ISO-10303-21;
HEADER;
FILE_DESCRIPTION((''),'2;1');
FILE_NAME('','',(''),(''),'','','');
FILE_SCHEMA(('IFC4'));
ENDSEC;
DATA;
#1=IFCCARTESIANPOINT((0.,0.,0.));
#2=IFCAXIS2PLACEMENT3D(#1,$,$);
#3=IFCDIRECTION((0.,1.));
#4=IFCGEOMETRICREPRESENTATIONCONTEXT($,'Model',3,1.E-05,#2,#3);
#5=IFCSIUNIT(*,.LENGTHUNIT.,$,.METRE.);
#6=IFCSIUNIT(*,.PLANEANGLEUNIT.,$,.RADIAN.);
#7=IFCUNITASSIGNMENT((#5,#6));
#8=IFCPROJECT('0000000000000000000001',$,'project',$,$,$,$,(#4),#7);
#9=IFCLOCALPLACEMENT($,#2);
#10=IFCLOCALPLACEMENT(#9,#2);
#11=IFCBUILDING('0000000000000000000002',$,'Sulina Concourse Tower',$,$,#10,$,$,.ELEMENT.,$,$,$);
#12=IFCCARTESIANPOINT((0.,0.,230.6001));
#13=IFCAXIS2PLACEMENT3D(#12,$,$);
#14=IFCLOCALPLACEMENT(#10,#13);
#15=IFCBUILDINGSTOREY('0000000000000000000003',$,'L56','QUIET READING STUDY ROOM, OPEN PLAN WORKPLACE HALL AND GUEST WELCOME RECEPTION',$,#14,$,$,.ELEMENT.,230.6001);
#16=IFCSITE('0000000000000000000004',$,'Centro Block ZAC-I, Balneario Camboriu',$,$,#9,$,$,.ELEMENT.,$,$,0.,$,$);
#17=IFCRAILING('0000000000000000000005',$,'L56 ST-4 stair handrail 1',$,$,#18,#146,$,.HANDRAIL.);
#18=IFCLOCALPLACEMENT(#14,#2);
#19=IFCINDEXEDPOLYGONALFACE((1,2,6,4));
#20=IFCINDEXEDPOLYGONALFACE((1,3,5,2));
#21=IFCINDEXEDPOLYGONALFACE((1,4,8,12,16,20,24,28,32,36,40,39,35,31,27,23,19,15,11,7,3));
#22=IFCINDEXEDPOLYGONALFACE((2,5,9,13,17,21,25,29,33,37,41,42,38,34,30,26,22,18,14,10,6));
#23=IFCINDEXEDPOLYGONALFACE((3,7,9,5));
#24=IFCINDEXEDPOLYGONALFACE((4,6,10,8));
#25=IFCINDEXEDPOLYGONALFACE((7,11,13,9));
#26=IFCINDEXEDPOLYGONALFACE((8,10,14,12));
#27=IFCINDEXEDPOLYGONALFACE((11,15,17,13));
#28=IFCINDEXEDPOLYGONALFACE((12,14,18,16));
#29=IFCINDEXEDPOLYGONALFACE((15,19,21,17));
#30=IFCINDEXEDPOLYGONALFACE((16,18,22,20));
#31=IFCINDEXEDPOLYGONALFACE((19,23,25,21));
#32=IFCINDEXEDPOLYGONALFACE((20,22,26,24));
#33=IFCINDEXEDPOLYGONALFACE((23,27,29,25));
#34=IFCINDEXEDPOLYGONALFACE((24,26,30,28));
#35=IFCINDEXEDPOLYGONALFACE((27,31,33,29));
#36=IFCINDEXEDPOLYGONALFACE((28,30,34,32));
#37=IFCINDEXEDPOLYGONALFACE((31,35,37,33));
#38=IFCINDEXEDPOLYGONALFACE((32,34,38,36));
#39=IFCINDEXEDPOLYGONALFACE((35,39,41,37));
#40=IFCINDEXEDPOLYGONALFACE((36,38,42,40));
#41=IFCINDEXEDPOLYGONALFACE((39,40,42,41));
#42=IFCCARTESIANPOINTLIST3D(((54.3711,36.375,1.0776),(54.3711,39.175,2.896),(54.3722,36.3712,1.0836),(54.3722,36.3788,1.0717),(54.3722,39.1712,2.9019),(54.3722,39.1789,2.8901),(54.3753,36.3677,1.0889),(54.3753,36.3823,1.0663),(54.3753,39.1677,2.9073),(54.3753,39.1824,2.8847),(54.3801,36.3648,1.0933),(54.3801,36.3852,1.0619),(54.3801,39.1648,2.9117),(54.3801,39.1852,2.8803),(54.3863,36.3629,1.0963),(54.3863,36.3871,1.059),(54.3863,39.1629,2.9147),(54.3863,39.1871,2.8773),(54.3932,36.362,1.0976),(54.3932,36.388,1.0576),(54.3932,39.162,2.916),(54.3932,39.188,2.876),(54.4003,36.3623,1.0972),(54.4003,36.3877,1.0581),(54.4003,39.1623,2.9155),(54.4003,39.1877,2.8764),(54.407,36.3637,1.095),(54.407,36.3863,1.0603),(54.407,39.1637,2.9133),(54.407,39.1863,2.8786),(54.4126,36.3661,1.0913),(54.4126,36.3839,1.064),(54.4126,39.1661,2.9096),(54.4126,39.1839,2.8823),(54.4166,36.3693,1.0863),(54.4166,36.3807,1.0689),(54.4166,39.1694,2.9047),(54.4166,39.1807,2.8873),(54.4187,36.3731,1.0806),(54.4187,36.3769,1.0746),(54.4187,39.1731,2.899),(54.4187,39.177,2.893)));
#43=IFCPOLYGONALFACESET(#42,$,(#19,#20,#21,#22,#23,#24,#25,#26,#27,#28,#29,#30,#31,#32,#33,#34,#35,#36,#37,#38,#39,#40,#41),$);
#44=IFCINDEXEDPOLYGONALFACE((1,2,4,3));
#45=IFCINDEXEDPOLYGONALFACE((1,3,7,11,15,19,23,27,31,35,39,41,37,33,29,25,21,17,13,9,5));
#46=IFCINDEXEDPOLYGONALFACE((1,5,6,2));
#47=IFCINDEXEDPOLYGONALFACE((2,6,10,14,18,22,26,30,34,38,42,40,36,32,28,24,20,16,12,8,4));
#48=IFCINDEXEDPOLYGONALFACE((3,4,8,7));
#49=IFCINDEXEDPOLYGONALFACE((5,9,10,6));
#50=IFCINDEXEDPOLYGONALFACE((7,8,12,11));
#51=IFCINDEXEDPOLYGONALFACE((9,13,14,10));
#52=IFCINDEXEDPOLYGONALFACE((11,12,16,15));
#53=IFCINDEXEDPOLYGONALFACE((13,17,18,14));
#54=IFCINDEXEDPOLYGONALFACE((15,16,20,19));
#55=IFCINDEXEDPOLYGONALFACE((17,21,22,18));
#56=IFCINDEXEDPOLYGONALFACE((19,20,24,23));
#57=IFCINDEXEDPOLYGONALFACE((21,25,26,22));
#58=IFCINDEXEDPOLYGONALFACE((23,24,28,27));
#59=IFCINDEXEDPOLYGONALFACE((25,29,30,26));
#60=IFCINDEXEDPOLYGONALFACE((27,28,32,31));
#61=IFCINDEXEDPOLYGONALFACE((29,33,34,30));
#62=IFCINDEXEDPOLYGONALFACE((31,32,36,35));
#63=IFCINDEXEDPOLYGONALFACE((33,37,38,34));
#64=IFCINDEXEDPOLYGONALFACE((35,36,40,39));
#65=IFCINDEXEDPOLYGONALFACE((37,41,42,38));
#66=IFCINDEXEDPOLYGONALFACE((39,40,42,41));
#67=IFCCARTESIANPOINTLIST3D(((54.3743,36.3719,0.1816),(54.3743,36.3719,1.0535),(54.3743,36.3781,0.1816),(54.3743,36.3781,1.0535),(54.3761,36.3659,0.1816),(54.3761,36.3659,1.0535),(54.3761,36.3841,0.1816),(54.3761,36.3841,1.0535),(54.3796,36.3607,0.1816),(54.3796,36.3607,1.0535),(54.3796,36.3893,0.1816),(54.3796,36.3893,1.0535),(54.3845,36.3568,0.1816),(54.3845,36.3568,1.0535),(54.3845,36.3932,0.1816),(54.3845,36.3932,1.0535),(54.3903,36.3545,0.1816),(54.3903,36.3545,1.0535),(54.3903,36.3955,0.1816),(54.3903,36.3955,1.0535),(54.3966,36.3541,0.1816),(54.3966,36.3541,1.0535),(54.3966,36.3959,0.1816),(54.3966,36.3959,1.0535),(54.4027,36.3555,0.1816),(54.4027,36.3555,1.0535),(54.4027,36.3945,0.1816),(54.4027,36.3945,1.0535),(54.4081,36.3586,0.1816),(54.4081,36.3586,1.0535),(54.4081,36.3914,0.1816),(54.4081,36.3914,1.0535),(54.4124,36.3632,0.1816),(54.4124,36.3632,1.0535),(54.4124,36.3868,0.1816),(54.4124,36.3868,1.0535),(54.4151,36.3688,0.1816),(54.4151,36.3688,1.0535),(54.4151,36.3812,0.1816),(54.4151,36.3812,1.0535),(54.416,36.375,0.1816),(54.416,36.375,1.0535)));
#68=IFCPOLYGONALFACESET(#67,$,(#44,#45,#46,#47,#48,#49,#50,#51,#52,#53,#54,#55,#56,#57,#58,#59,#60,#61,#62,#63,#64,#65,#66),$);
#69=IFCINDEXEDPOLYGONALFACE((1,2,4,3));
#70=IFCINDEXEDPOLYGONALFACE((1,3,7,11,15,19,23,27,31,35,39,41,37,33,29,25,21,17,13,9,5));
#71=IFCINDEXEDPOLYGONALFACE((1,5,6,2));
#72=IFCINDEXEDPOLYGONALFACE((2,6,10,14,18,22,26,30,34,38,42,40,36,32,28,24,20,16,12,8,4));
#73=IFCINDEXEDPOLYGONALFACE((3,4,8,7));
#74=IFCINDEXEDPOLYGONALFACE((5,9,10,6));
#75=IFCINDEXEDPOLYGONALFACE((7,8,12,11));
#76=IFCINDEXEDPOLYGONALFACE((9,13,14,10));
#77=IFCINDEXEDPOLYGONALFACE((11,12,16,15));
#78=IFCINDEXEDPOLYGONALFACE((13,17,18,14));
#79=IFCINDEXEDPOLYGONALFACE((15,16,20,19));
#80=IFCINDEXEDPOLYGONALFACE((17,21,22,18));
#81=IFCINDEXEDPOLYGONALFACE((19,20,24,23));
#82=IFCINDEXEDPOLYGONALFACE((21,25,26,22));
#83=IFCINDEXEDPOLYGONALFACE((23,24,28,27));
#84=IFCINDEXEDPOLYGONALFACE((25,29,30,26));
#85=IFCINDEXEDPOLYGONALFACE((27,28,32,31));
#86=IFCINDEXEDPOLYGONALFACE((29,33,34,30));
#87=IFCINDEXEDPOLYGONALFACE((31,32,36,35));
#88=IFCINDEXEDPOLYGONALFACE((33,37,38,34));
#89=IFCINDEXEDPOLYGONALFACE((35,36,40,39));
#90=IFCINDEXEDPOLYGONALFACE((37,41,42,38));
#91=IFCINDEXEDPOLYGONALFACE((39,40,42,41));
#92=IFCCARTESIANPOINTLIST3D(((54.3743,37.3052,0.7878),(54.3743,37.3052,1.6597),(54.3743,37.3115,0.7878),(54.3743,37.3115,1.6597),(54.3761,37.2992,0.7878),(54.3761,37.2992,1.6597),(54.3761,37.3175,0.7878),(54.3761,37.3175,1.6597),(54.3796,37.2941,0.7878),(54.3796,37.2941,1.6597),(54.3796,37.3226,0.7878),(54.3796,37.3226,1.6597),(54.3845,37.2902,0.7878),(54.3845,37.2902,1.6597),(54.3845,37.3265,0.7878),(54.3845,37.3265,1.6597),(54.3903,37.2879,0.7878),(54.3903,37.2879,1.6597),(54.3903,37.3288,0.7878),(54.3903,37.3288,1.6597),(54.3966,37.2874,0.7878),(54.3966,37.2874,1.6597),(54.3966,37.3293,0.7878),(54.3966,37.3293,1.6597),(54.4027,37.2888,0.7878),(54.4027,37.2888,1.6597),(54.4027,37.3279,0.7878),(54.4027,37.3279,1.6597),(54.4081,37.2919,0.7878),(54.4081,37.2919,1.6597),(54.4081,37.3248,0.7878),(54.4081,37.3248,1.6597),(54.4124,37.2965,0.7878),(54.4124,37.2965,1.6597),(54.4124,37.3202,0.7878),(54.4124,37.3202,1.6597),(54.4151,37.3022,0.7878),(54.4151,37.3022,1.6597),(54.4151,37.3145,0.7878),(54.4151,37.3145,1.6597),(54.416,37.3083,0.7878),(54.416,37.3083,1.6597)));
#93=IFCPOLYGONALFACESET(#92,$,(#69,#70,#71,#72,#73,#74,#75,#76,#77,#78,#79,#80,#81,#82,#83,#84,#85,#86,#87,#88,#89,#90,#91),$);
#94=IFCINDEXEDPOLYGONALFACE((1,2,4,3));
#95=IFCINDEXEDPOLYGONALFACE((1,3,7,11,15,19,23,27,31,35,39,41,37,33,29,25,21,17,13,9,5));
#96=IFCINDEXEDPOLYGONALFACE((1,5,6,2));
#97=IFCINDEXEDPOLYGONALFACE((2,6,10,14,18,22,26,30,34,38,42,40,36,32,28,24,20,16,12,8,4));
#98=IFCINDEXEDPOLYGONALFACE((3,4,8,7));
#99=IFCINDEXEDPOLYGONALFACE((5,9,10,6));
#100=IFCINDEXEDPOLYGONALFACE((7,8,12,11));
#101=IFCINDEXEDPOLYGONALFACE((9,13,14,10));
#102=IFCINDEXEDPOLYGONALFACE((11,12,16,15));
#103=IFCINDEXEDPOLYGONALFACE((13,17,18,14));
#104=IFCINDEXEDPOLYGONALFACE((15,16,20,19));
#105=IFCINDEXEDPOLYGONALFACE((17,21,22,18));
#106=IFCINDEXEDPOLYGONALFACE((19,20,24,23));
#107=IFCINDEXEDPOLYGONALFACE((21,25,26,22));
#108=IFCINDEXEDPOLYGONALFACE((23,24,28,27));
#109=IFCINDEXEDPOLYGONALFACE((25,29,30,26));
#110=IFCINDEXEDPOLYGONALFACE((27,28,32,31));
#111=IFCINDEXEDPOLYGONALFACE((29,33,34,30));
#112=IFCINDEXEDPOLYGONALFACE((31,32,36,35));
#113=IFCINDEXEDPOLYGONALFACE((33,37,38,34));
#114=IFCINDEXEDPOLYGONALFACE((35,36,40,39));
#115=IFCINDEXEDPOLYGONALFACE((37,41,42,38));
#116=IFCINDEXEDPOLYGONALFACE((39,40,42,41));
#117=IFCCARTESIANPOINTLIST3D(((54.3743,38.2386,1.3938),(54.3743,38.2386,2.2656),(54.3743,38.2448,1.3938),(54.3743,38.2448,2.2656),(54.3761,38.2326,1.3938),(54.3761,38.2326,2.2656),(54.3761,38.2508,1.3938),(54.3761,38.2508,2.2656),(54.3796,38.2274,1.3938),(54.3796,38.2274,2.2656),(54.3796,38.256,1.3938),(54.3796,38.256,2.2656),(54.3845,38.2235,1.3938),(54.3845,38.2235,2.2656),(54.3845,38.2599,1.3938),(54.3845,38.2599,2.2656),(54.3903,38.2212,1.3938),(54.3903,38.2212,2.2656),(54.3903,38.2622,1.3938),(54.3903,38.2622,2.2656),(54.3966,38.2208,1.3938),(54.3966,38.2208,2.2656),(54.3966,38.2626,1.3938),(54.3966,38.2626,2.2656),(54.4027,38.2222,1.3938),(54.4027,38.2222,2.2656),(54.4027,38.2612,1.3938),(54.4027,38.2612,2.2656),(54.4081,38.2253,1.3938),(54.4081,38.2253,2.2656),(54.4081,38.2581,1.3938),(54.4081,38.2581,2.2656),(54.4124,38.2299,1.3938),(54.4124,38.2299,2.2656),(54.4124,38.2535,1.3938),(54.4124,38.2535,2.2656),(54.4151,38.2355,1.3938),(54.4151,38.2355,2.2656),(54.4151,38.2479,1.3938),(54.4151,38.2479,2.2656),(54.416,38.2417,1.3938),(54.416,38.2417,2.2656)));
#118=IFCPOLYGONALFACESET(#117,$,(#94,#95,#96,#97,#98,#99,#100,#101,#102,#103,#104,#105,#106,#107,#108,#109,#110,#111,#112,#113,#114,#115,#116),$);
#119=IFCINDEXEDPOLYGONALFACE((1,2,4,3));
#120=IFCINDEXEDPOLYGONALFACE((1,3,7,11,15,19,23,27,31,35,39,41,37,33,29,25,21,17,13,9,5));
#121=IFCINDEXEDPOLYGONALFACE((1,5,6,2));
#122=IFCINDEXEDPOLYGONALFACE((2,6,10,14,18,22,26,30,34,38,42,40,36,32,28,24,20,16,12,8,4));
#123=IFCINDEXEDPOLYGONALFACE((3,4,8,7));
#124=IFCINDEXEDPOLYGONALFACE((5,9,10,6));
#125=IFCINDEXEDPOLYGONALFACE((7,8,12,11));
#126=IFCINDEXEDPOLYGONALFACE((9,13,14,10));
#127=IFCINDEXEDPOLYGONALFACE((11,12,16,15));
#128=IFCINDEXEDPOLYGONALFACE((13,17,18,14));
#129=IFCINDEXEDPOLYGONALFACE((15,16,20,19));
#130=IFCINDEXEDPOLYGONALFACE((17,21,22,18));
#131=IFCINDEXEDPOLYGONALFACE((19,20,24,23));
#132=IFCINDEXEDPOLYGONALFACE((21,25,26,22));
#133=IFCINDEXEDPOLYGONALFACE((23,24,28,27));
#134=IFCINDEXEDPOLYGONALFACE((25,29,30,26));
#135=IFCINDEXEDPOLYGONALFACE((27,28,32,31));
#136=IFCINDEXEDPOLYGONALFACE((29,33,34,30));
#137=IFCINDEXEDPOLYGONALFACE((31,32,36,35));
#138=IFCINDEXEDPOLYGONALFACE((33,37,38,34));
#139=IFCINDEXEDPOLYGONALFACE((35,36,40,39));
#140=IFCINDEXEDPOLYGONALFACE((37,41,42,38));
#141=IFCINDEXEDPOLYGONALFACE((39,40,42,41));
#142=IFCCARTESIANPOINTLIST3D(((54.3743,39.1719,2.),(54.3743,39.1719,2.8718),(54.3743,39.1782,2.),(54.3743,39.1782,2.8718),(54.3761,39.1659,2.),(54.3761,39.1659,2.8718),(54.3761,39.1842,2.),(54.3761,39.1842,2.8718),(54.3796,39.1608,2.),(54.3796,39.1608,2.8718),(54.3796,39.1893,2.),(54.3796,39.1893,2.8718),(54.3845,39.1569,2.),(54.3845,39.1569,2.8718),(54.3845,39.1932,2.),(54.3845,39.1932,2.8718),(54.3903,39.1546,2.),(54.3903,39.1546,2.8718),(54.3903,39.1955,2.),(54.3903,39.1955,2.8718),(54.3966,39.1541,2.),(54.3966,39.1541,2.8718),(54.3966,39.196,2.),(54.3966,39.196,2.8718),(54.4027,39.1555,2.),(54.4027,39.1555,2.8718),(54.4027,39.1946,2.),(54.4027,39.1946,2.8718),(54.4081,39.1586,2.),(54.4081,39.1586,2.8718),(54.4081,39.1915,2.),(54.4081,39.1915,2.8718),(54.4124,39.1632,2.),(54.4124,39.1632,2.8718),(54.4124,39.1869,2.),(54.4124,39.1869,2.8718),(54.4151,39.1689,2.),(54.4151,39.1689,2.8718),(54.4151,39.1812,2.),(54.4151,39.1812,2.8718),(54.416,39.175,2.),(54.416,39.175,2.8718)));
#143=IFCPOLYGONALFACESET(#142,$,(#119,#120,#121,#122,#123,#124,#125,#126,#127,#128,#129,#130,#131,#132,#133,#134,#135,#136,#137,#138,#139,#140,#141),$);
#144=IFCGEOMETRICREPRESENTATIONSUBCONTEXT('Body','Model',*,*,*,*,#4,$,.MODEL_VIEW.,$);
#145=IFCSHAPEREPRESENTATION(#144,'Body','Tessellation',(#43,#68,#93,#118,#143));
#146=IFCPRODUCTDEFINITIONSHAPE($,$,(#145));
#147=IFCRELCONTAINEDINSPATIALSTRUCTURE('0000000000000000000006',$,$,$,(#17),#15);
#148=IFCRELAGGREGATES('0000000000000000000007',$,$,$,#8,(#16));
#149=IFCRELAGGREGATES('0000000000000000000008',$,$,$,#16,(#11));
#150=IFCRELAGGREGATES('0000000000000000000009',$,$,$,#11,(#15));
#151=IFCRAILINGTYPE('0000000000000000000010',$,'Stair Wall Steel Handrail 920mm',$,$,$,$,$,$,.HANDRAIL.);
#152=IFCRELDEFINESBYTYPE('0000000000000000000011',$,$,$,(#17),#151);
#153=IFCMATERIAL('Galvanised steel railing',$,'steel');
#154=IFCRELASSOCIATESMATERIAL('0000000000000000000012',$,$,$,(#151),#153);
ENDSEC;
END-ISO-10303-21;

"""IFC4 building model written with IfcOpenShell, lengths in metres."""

from ifc_helpers import new_model, si_unit, direction, frame, origin, origin_2d, place, context, subcontext, project, spatial, circle, extrude, material, type_object, element, save


model = new_model("IFC4")

# Units and contexts
model_context = context("Model", 3, precision=1e-05, world=origin(), true_north=direction((0.0, 1.0)))
body_context = subcontext(model_context, "Body", "Model", "MODEL_VIEW")
ifc_project = project(units=[si_unit("LENGTHUNIT", "METRE"), si_unit("PLANEANGLEUNIT", "RADIAN")], contexts=[model_context])

# Site, building, storey
site_placement = place(None, origin())
site = spatial("IfcSite", under=ifc_project, at=site_placement, Name="Centro Block ZAC-I, Balneario Camboriu", CompositionType="ELEMENT", RefElevation=0.0)
building_placement = place(site_placement, origin())
building = spatial("IfcBuilding", under=site, at=building_placement, Name="Sulina Concourse Tower", CompositionType="ELEMENT")
storey_placement = place(building_placement, frame((0.0, 0.0, 230.6001)))
storey = spatial("IfcBuildingStorey", under=building, at=storey_placement, Name="L56", Description="QUIET READING STUDY ROOM, OPEN PLAN WORKPLACE HALL AND GUEST WELCOME RECEPTION", CompositionType="ELEMENT", Elevation=230.6001)

# Railing
ifc_material_1 = material(Name="Galvanised steel railing", Category="steel")
railing_type_1 = type_object("IfcRailingType", Name="Stair Wall Steel Handrail 920mm", PredefinedType="HANDRAIL", material=ifc_material_1)
railing_1_placement = place(storey_placement, frame((54.395, 36.375, 0.1816)))
element("IfcRailing", 1, at=railing_1_placement, inside=storey, type_object=railing_type_1, Name="L56 ST-4 stair handrail 1", PredefinedType="HANDRAIL", context=body_context, shape_type="SweptSolid", body=[
    extrude(circle(Radius=0.0239, at=origin_2d()), frame((0.0, 0.0, 0.896), z_axis=(0.0, 0.838672, 0.544636), x_axis=(-1.0, 0.0, 0.0)), (0.0, 0.0, 1.0), 3.3386),
    extrude(circle(Radius=0.021, at=origin_2d()), origin(), (0.0, 0.0, 1.0), 0.8718),
    extrude(circle(Radius=0.021, at=origin_2d()), frame((0.0, 0.9333, 0.6062)), (0.0, 0.0, 1.0), 0.8718),
    extrude(circle(Radius=0.021, at=origin_2d()), frame((0.0, 1.8667, 1.2122)), (0.0, 0.0, 1.0), 0.8718),
    extrude(circle(Radius=0.021, at=origin_2d()), frame((0.0, 2.8, 1.8184)), (0.0, 0.0, 1.0), 0.8718),
])

save(model, "model.ifc")
